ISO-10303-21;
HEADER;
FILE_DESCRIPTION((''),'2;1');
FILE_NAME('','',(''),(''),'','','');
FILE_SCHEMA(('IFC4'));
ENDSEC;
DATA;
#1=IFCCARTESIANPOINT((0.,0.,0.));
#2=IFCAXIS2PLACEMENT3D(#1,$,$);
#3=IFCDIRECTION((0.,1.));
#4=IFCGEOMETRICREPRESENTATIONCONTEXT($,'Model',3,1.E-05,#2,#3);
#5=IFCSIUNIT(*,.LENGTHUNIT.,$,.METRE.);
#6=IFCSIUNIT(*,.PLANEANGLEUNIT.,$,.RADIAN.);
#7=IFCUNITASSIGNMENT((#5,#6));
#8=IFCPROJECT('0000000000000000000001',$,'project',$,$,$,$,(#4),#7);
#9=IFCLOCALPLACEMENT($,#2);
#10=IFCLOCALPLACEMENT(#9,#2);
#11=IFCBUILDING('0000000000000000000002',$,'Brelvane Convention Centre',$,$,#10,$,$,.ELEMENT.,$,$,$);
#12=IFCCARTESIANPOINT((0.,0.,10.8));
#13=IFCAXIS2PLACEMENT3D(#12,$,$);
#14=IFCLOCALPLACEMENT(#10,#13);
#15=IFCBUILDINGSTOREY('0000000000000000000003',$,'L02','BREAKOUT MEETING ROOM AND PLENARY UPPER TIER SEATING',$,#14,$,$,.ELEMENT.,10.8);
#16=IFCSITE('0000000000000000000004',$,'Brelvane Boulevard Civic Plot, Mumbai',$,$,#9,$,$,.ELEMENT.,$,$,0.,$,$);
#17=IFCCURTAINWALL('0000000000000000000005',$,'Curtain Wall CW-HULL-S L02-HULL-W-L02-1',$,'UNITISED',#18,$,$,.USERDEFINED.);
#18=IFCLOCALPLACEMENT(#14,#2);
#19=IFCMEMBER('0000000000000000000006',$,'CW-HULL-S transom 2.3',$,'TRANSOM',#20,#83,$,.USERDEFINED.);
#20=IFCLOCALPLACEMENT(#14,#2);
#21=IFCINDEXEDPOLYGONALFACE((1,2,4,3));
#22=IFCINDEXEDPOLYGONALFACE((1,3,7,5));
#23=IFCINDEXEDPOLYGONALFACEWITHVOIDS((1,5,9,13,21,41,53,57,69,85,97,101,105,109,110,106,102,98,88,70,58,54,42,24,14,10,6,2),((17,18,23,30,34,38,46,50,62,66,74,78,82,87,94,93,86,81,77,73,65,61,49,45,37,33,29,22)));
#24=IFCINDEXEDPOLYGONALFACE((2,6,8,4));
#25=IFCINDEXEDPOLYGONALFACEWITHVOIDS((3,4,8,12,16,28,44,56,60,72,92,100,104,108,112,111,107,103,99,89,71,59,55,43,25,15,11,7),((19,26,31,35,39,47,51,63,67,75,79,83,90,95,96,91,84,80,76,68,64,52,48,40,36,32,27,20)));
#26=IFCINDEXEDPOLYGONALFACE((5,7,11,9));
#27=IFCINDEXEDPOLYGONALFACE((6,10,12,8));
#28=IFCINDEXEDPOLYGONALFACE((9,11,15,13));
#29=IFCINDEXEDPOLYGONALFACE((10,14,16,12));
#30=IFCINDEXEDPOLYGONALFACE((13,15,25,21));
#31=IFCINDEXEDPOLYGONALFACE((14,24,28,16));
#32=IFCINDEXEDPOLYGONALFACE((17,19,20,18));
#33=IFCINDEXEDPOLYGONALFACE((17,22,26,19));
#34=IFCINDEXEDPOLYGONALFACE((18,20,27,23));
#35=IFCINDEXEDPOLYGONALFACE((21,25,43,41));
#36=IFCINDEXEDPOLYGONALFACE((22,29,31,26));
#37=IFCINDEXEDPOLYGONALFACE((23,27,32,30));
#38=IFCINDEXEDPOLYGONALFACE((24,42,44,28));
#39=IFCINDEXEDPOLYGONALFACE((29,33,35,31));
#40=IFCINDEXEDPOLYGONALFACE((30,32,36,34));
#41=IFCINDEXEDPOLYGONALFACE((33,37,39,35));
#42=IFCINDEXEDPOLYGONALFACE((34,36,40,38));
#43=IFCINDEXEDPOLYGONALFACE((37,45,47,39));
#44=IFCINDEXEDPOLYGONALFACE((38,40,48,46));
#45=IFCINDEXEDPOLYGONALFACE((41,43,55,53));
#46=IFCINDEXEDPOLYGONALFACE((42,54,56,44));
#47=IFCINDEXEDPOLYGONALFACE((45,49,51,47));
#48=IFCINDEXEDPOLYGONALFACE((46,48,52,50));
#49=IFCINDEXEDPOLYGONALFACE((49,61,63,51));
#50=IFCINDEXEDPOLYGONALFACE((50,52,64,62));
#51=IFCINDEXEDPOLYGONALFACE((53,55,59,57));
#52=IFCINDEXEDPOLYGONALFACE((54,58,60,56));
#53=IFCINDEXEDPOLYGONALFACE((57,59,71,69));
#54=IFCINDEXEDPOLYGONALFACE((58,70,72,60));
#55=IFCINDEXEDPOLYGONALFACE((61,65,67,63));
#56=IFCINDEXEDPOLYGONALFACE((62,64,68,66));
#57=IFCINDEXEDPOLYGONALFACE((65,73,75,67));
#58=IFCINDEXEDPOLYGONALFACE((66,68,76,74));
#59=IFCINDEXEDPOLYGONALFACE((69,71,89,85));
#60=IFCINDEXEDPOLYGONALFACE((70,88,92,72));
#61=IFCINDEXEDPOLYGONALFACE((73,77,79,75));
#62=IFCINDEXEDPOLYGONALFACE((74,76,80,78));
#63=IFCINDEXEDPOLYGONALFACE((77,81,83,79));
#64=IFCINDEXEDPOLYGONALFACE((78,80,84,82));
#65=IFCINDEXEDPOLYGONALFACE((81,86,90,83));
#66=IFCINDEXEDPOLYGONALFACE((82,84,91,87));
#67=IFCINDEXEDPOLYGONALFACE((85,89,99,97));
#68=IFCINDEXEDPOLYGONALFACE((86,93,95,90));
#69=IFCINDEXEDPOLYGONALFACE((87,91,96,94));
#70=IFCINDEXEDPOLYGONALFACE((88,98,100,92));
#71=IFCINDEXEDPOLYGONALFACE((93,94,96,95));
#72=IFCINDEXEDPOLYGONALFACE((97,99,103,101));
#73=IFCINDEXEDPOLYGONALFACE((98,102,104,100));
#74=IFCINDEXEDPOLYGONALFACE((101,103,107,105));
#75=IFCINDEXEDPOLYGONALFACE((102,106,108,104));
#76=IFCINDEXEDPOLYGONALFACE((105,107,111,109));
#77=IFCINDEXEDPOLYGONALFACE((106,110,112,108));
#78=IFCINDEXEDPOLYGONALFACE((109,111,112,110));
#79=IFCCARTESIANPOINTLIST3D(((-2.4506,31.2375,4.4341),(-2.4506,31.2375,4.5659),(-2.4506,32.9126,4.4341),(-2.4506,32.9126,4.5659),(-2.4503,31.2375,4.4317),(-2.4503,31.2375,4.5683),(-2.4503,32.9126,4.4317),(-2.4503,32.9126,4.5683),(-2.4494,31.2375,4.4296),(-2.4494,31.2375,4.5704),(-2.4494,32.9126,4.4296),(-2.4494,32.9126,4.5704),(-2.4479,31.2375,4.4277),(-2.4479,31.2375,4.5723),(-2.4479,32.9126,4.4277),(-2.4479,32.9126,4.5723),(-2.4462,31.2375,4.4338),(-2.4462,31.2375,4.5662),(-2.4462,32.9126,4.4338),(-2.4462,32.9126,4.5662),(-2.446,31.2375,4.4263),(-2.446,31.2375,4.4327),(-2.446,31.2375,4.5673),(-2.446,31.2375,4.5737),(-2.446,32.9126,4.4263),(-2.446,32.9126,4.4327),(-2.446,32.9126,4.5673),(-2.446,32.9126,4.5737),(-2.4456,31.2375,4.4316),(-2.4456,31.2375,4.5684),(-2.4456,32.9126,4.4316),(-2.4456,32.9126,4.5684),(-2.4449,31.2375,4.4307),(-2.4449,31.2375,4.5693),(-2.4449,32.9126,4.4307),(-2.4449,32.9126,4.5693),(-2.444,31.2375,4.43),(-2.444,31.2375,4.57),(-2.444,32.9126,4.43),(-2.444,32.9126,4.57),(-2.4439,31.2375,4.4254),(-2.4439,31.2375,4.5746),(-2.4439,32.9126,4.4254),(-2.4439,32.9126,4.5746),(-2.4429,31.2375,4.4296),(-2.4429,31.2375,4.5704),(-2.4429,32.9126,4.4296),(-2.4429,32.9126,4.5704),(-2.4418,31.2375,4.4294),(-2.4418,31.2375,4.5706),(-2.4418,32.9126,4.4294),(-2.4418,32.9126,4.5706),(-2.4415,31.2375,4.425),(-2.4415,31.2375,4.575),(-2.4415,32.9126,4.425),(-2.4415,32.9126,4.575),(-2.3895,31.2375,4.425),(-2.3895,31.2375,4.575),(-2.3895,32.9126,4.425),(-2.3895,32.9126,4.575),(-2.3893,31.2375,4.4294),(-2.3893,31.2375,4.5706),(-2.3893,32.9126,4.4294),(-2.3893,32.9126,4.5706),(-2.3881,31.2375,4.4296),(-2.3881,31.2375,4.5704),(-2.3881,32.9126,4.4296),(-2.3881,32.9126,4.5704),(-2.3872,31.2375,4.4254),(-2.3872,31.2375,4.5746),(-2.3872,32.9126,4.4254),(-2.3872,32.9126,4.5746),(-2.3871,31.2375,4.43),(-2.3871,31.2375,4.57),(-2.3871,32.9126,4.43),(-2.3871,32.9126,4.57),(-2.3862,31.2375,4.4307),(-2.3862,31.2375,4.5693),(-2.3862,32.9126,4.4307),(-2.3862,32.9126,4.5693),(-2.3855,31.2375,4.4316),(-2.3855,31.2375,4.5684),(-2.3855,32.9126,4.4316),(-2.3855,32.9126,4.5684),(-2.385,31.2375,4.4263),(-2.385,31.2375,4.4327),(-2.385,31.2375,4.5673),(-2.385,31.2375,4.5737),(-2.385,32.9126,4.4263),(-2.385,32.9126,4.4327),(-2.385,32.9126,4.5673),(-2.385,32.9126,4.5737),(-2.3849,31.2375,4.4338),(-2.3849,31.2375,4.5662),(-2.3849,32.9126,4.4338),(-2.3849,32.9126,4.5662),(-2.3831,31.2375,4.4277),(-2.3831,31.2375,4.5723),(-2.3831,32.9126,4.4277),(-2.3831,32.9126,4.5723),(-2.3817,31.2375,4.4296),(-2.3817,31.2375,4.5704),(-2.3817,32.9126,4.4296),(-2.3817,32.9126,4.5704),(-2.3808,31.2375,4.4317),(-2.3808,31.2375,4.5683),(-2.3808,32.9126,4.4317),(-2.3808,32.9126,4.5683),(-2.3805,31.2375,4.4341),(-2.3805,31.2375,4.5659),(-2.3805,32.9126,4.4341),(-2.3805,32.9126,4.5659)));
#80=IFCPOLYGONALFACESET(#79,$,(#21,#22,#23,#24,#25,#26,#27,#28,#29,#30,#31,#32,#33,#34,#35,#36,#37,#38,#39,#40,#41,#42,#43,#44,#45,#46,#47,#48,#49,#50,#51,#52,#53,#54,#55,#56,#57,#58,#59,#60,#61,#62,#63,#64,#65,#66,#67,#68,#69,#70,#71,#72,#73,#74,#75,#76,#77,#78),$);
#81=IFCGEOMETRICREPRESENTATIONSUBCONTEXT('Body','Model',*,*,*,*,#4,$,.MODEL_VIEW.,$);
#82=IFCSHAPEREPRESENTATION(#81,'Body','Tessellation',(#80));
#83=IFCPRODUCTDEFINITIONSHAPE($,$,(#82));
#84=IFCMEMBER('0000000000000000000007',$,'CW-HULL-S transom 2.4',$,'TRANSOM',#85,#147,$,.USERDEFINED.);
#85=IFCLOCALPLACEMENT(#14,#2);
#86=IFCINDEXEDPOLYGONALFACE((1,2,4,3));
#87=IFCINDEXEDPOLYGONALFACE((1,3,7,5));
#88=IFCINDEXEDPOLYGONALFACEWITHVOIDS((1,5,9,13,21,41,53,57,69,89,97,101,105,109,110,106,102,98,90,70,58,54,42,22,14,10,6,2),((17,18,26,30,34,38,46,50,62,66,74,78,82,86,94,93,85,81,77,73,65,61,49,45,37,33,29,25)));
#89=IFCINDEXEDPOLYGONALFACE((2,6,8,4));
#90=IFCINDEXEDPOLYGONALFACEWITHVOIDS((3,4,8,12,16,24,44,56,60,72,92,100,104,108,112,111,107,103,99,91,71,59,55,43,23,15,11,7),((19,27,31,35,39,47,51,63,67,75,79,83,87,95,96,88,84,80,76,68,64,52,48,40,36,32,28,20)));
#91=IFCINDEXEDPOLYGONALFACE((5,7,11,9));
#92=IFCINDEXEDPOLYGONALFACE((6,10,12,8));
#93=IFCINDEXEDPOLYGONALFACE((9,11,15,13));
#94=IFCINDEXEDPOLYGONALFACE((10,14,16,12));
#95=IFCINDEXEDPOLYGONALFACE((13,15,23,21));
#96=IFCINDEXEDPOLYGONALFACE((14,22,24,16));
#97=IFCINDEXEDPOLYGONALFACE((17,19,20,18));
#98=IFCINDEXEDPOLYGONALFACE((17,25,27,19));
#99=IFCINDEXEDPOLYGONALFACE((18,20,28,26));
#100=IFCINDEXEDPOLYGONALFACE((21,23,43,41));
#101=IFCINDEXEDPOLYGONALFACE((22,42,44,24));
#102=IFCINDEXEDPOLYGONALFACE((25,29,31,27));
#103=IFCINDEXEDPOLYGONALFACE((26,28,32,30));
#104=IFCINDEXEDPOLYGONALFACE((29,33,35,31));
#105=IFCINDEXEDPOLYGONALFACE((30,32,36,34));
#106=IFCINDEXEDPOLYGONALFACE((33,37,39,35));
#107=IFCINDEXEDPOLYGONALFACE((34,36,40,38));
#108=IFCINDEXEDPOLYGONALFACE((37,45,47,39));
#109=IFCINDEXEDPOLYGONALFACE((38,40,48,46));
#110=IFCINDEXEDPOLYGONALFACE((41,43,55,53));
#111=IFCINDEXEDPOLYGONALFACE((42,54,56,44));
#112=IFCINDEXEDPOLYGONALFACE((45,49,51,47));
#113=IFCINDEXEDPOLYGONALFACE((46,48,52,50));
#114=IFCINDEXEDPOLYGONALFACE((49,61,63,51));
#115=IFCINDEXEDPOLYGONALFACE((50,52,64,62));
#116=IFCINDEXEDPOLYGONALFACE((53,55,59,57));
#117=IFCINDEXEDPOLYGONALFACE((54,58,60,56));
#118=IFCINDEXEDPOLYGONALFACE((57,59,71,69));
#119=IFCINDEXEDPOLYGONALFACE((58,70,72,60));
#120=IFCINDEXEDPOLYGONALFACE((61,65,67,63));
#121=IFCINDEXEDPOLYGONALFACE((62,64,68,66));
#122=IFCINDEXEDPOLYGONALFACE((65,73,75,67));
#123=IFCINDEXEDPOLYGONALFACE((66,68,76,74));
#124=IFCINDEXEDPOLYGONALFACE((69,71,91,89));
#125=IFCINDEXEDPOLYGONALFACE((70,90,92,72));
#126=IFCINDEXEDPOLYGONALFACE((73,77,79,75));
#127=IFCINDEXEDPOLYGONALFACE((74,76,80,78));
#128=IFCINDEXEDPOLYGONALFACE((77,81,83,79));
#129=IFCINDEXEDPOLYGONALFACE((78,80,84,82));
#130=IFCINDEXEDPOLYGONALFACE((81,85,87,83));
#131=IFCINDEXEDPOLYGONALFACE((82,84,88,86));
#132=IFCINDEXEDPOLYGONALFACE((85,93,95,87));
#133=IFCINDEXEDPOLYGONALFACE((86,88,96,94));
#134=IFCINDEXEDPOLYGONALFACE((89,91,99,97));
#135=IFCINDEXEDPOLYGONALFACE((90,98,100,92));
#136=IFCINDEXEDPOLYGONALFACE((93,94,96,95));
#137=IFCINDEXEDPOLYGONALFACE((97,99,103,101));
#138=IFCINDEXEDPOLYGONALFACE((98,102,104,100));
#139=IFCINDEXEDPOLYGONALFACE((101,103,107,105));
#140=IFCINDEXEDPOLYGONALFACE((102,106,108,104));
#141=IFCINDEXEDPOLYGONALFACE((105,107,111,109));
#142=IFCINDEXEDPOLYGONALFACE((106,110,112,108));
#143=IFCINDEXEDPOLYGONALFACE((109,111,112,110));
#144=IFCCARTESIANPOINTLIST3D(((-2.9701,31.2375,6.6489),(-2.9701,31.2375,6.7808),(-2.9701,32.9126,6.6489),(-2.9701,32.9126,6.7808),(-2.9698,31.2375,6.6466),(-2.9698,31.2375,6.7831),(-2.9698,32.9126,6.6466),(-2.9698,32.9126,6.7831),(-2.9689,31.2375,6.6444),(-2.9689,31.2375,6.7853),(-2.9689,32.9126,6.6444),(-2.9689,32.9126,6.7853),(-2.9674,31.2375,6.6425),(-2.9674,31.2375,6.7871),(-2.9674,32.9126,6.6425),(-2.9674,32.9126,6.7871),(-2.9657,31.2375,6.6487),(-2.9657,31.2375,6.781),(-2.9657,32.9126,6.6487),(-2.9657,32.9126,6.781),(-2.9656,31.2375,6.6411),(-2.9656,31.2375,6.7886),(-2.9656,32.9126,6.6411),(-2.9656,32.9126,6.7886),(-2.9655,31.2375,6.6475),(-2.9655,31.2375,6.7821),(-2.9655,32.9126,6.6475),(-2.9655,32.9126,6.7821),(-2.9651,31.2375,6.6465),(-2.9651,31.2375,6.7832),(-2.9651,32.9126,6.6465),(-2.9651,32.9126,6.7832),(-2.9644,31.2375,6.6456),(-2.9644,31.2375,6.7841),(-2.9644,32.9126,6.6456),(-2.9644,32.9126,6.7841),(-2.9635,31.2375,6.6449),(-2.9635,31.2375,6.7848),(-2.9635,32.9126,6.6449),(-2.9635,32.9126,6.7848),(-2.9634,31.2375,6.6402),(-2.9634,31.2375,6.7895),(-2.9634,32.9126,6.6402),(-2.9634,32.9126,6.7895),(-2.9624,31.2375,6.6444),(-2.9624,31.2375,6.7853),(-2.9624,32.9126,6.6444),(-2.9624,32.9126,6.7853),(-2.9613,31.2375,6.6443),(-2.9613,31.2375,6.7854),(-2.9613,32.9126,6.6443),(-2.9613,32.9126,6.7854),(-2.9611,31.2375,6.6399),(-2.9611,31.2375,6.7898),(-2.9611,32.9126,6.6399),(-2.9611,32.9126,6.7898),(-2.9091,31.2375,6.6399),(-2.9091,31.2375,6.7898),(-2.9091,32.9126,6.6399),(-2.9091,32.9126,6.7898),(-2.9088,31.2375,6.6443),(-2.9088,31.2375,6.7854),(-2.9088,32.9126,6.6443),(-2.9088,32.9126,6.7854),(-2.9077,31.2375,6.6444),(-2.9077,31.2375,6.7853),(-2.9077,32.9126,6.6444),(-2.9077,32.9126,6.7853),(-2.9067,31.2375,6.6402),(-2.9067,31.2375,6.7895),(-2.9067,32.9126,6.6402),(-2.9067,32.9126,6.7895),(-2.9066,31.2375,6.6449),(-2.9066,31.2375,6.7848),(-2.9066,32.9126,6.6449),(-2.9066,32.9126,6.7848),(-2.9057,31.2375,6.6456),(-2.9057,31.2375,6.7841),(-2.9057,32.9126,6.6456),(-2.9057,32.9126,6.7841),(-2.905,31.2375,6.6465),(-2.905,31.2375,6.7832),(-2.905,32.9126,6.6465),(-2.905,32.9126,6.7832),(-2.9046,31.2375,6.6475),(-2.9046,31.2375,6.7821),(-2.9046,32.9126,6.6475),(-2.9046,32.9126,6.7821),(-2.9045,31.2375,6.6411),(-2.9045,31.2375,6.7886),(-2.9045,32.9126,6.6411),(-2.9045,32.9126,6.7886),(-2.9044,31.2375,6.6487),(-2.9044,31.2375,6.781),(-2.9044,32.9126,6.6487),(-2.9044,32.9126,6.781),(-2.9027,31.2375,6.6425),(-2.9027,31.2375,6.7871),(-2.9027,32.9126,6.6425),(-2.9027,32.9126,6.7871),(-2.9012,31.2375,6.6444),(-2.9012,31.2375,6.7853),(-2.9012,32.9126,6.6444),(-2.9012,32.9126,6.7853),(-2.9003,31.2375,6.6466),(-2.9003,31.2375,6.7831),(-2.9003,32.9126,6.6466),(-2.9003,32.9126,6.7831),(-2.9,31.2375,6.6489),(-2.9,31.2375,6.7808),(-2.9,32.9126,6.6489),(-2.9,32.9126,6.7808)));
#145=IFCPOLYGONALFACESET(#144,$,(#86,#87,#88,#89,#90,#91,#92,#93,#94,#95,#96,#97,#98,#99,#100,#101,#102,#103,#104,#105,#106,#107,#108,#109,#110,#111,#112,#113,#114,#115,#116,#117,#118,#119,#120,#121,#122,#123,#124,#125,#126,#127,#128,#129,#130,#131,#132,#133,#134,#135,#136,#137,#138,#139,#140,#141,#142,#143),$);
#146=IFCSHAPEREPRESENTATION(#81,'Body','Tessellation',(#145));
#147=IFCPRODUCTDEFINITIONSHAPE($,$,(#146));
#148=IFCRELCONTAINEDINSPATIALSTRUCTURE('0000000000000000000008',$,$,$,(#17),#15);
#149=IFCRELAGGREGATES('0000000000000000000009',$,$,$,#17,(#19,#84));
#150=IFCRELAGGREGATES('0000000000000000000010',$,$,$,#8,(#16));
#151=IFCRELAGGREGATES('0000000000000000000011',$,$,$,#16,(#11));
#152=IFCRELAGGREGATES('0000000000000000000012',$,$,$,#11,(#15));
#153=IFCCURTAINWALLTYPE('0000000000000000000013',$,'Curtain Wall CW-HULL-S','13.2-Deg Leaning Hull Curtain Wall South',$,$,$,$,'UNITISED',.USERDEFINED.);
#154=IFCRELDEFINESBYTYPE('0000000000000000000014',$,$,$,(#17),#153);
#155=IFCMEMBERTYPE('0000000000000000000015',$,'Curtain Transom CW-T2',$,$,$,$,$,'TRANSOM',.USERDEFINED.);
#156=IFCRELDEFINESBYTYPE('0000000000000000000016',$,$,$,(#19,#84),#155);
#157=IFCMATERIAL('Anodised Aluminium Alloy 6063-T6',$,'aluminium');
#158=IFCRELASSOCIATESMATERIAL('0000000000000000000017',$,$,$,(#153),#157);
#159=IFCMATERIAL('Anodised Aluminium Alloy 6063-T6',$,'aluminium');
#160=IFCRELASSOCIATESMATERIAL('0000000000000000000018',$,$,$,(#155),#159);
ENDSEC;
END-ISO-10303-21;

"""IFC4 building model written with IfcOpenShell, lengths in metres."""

from ifc_helpers import new_model, si_unit, direction, frame, origin, origin_2d, place, context, subcontext, project, spatial, hollow_rectangle, extrude, material, material_profile, profile_set, type_object, element, aggregate, save


model = new_model("IFC4")

# Units and contexts
model_context = context("Model", 3, precision=1e-05, world=origin(), true_north=direction((0.0, 1.0)))
body_context = subcontext(model_context, "Body", "Model", "MODEL_VIEW")
ifc_project = project(units=[si_unit("LENGTHUNIT", "METRE"), si_unit("PLANEANGLEUNIT", "RADIAN")], contexts=[model_context])

# Site, building, storey
site_placement = place(None, origin())
site = spatial("IfcSite", under=ifc_project, at=site_placement, Name="Brelvane Boulevard Civic Plot, Mumbai", CompositionType="ELEMENT", RefElevation=0.0)
building_placement = place(site_placement, origin())
building = spatial("IfcBuilding", under=site, at=building_placement, Name="Brelvane Convention Centre", CompositionType="ELEMENT")
storey_placement = place(building_placement, frame((0.0, 0.0, 10.8)))
storey = spatial("IfcBuildingStorey", under=building, at=storey_placement, Name="L02", Description="BREAKOUT MEETING ROOM AND PLENARY UPPER TIER SEATING", CompositionType="ELEMENT", Elevation=10.8)

# Curtain wall, members
ifc_material_1 = material(Name="Anodised Aluminium Alloy 6063-T6", Category="aluminium")
curtain_wall_type = type_object("IfcCurtainWallType", Name="Curtain Wall CW-HULL-S", Description="13.2-Deg Leaning Hull Curtain Wall South", ElementType="UNITISED", PredefinedType="USERDEFINED", material=ifc_material_1)
curtain_wall_1_placement = place(storey_placement, origin())
curtain_wall_1 = element("IfcCurtainWall", 1, at=curtain_wall_1_placement, inside=storey, type_object=curtain_wall_type, Name="Curtain Wall CW-HULL-S L02-HULL-W-L02-1", ObjectType="UNITISED", PredefinedType="USERDEFINED")
ifc_material_2 = material(Name="Anodised Aluminium Alloy 6063-T6", Category="aluminium")
ifc_material_profile = material_profile(ifc_material_2, hollow_rectangle(XDim=0.0701, YDim=0.1499, WallThickness=0.0044, InnerFilletRadius=0.0044, OuterFilletRadius=0.009, at=origin_2d()), Name="ALU-T 150x70x4.5")
ifc_profile_set = profile_set([ifc_material_profile], Name="Anodised Aluminium Alloy 6063-T6")
member_type = type_object("IfcMemberType", Name="Curtain Transom CW-T2", ElementType="TRANSOM", PredefinedType="USERDEFINED", material=ifc_profile_set)
member_1_placement = place(storey_placement, frame((-2.4155, 31.2375, 4.5), z_axis=(0.0, 1.0, 0.0), x_axis=(-1.0, 0.0, 0.0)))
member_1 = element("IfcMember", 2, at=member_1_placement, type_object=member_type, Name="CW-HULL-S transom 2.3", ObjectType="TRANSOM", PredefinedType="USERDEFINED", context=body_context, shape_type="SweptSolid", body=[
    extrude(hollow_rectangle(XDim=0.0701, YDim=0.1499, WallThickness=0.0044, InnerFilletRadius=0.0044, OuterFilletRadius=0.009, at=origin_2d()), origin(), (0.0, 0.0, 1.0), 1.675),
])
member_2_placement = place(storey_placement, frame((-2.9351, 31.2375, 6.7148), z_axis=(0.0, 1.0, 0.0), x_axis=(-1.0, 0.0, 0.0)))
member_2 = element("IfcMember", 3, at=member_2_placement, type_object=member_type, Name="CW-HULL-S transom 2.4", ObjectType="TRANSOM", PredefinedType="USERDEFINED", context=body_context, shape_type="SweptSolid", body=[
    extrude(hollow_rectangle(XDim=0.0701, YDim=0.1499, WallThickness=0.0044, InnerFilletRadius=0.0044, OuterFilletRadius=0.009, at=origin_2d()), origin(), (0.0, 0.0, 1.0), 1.675),
])

aggregate(curtain_wall_1, [member_1, member_2])

save(model, "model.ifc")
